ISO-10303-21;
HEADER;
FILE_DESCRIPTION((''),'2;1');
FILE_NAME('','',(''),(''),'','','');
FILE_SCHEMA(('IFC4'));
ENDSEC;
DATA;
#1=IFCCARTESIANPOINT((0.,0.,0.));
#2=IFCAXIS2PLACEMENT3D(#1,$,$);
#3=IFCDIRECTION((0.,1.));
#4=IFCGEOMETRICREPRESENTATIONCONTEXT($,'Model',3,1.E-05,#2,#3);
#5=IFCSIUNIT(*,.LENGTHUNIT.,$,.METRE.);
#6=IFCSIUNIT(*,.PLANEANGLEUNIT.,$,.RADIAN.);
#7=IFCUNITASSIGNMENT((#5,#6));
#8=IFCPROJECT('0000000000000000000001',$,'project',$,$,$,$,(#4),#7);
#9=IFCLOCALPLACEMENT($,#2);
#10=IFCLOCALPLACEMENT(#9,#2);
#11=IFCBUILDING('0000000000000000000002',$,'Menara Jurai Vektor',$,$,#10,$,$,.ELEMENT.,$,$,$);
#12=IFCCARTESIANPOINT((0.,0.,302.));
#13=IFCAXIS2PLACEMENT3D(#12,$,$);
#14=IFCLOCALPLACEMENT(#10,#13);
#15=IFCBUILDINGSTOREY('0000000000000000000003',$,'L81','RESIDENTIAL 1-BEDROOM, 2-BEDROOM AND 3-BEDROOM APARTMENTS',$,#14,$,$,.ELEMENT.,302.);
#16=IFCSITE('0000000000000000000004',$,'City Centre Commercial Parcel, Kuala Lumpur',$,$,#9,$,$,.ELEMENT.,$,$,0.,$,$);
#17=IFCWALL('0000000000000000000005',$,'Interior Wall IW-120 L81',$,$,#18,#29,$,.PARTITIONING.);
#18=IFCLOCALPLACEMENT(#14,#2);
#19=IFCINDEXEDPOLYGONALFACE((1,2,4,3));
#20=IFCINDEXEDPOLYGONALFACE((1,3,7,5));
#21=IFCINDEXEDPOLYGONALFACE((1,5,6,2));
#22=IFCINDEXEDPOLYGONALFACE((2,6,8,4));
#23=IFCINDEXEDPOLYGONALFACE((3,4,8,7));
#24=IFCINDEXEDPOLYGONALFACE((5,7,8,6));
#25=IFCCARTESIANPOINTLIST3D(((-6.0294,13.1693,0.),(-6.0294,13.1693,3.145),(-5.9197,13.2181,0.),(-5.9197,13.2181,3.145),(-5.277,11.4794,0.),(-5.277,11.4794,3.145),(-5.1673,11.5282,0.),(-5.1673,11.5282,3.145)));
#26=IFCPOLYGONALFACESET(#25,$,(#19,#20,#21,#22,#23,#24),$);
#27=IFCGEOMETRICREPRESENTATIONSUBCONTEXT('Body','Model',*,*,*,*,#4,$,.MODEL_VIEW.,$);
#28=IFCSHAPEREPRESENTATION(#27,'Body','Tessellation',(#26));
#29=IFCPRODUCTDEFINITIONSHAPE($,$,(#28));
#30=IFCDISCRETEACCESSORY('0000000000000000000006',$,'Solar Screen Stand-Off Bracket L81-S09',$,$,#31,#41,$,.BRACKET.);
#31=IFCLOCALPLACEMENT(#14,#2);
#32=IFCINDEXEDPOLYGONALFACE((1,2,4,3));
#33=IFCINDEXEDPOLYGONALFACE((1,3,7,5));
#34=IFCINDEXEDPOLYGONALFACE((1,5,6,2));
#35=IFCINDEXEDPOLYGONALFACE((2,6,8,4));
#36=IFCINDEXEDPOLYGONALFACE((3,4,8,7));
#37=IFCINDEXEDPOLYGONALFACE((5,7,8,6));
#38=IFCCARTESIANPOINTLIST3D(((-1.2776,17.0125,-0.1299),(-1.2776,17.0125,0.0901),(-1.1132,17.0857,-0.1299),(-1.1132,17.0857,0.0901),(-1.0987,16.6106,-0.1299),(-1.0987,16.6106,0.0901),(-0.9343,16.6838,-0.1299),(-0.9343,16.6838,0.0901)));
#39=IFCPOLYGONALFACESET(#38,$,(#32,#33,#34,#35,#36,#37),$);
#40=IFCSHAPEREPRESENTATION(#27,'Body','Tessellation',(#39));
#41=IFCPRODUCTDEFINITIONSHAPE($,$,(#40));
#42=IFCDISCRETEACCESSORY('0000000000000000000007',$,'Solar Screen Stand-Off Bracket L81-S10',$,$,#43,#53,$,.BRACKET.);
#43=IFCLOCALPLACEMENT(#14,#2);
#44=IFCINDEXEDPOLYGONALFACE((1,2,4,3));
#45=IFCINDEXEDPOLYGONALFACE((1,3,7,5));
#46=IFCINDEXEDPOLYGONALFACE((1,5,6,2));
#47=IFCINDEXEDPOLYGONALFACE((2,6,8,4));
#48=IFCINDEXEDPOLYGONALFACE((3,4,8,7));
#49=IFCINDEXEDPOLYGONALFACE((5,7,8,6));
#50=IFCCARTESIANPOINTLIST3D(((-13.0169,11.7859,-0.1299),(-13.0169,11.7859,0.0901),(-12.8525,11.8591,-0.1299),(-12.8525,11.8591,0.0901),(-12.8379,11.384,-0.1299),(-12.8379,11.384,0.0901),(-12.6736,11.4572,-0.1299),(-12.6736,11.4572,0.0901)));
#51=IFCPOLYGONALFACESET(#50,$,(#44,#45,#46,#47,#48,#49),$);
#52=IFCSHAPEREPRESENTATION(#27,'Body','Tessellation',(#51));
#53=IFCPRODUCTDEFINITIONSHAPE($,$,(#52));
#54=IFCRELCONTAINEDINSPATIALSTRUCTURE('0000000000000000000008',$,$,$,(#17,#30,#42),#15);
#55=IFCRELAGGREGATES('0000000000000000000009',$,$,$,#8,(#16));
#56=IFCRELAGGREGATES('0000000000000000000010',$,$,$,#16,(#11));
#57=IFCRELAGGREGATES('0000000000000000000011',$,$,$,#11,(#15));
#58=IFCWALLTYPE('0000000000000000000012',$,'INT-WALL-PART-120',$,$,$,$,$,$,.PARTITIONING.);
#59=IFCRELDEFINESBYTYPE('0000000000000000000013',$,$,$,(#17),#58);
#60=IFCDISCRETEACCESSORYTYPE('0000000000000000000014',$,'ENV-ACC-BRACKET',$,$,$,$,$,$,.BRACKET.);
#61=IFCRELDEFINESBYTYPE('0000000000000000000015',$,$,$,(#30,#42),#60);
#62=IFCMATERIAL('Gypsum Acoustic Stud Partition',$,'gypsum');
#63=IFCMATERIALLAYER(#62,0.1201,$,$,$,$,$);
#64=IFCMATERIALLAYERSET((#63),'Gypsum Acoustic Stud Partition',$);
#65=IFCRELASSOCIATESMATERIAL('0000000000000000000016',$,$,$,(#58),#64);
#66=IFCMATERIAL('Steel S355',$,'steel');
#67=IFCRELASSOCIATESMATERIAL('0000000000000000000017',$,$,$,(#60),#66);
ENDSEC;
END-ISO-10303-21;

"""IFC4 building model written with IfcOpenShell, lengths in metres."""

from ifc_helpers import new_model, si_unit, direction, frame, frame_2d, origin, origin_2d, place, context, subcontext, project, spatial, rectangle, extrude, material, layer, layer_set, type_object, element, save


model = new_model("IFC4")

# Units and contexts
model_context = context("Model", 3, precision=1e-05, world=origin(), true_north=direction((0.0, 1.0)))
body_context = subcontext(model_context, "Body", "Model", "MODEL_VIEW")
ifc_project = project(units=[si_unit("LENGTHUNIT", "METRE"), si_unit("PLANEANGLEUNIT", "RADIAN")], contexts=[model_context])

# Site, building, storey
site_placement = place(None, origin())
site = spatial("IfcSite", under=ifc_project, at=site_placement, Name="City Centre Commercial Parcel, Kuala Lumpur", CompositionType="ELEMENT", RefElevation=0.0)
building_placement = place(site_placement, origin())
building = spatial("IfcBuilding", under=site, at=building_placement, Name="Menara Jurai Vektor", CompositionType="ELEMENT")
storey_placement = place(building_placement, frame((0.0, 0.0, 302.0)))
storey = spatial("IfcBuildingStorey", under=building, at=storey_placement, Name="L81", Description="RESIDENTIAL 1-BEDROOM, 2-BEDROOM AND 3-BEDROOM APARTMENTS", CompositionType="ELEMENT", Elevation=302.0)

# Shared definitions
ifc_material_1 = material(Name="Steel S355", Category="steel")

# Wall
ifc_material_2 = material(Name="Gypsum Acoustic Stud Partition", Category="gypsum")
ifc_layer_1 = layer(ifc_material_2, 0.1201)
ifc_layer_set_1 = layer_set([ifc_layer_1], Name="Gypsum Acoustic Stud Partition")
wall_type_1 = type_object("IfcWallType", Name="INT-WALL-PART-120", PredefinedType="PARTITIONING", material=ifc_layer_set_1)
wall_1_placement = place(storey_placement, frame((-5.2222, 11.5039, 0.0), z_axis=(0.0, 0.0, 1.0), x_axis=(-0.406751, 0.913539, 0.0)))
element("IfcWall", 1, at=wall_1_placement, inside=storey, type_object=wall_type_1, Name="Interior Wall IW-120 L81", PredefinedType="PARTITIONING", context=body_context, shape_type="SweptSolid", body=[
    extrude(rectangle(XDim=1.8499, YDim=0.1201, at=frame_2d((0.9248, 0.0))), origin(), (0.0, 0.0, 1.0), 3.145),
])

# Discrete accessories
discrete_accessory_type = type_object("IfcDiscreteAccessoryType", Name="ENV-ACC-BRACKET", PredefinedType="BRACKET", material=ifc_material_1)
for number, where, z_axis, x_axis, name in (
    (2, (-1.106, 16.8481, -0.1299), (0.0, 0.0, 1.0), (-0.913545, -0.406737, 0.0), "Solar Screen Stand-Off Bracket L81-S09"),
    (3, (-12.8452, 11.6216, -0.1299), (0.0, 0.0, 1.0), (-0.913545, -0.406737, 0.0), "Solar Screen Stand-Off Bracket L81-S10"),
):
    element("IfcDiscreteAccessory", number, at=place(storey_placement, frame(where, z_axis=z_axis, x_axis=x_axis)), inside=storey, type_object=discrete_accessory_type, Name=name, PredefinedType="BRACKET", context=body_context, shape_type="SweptSolid", body=[
        extrude(rectangle(XDim=0.1799, YDim=0.4399, at=origin_2d()), origin(), (0.0, 0.0, 1.0), 0.22),
    ])

save(model, "model.ifc")
